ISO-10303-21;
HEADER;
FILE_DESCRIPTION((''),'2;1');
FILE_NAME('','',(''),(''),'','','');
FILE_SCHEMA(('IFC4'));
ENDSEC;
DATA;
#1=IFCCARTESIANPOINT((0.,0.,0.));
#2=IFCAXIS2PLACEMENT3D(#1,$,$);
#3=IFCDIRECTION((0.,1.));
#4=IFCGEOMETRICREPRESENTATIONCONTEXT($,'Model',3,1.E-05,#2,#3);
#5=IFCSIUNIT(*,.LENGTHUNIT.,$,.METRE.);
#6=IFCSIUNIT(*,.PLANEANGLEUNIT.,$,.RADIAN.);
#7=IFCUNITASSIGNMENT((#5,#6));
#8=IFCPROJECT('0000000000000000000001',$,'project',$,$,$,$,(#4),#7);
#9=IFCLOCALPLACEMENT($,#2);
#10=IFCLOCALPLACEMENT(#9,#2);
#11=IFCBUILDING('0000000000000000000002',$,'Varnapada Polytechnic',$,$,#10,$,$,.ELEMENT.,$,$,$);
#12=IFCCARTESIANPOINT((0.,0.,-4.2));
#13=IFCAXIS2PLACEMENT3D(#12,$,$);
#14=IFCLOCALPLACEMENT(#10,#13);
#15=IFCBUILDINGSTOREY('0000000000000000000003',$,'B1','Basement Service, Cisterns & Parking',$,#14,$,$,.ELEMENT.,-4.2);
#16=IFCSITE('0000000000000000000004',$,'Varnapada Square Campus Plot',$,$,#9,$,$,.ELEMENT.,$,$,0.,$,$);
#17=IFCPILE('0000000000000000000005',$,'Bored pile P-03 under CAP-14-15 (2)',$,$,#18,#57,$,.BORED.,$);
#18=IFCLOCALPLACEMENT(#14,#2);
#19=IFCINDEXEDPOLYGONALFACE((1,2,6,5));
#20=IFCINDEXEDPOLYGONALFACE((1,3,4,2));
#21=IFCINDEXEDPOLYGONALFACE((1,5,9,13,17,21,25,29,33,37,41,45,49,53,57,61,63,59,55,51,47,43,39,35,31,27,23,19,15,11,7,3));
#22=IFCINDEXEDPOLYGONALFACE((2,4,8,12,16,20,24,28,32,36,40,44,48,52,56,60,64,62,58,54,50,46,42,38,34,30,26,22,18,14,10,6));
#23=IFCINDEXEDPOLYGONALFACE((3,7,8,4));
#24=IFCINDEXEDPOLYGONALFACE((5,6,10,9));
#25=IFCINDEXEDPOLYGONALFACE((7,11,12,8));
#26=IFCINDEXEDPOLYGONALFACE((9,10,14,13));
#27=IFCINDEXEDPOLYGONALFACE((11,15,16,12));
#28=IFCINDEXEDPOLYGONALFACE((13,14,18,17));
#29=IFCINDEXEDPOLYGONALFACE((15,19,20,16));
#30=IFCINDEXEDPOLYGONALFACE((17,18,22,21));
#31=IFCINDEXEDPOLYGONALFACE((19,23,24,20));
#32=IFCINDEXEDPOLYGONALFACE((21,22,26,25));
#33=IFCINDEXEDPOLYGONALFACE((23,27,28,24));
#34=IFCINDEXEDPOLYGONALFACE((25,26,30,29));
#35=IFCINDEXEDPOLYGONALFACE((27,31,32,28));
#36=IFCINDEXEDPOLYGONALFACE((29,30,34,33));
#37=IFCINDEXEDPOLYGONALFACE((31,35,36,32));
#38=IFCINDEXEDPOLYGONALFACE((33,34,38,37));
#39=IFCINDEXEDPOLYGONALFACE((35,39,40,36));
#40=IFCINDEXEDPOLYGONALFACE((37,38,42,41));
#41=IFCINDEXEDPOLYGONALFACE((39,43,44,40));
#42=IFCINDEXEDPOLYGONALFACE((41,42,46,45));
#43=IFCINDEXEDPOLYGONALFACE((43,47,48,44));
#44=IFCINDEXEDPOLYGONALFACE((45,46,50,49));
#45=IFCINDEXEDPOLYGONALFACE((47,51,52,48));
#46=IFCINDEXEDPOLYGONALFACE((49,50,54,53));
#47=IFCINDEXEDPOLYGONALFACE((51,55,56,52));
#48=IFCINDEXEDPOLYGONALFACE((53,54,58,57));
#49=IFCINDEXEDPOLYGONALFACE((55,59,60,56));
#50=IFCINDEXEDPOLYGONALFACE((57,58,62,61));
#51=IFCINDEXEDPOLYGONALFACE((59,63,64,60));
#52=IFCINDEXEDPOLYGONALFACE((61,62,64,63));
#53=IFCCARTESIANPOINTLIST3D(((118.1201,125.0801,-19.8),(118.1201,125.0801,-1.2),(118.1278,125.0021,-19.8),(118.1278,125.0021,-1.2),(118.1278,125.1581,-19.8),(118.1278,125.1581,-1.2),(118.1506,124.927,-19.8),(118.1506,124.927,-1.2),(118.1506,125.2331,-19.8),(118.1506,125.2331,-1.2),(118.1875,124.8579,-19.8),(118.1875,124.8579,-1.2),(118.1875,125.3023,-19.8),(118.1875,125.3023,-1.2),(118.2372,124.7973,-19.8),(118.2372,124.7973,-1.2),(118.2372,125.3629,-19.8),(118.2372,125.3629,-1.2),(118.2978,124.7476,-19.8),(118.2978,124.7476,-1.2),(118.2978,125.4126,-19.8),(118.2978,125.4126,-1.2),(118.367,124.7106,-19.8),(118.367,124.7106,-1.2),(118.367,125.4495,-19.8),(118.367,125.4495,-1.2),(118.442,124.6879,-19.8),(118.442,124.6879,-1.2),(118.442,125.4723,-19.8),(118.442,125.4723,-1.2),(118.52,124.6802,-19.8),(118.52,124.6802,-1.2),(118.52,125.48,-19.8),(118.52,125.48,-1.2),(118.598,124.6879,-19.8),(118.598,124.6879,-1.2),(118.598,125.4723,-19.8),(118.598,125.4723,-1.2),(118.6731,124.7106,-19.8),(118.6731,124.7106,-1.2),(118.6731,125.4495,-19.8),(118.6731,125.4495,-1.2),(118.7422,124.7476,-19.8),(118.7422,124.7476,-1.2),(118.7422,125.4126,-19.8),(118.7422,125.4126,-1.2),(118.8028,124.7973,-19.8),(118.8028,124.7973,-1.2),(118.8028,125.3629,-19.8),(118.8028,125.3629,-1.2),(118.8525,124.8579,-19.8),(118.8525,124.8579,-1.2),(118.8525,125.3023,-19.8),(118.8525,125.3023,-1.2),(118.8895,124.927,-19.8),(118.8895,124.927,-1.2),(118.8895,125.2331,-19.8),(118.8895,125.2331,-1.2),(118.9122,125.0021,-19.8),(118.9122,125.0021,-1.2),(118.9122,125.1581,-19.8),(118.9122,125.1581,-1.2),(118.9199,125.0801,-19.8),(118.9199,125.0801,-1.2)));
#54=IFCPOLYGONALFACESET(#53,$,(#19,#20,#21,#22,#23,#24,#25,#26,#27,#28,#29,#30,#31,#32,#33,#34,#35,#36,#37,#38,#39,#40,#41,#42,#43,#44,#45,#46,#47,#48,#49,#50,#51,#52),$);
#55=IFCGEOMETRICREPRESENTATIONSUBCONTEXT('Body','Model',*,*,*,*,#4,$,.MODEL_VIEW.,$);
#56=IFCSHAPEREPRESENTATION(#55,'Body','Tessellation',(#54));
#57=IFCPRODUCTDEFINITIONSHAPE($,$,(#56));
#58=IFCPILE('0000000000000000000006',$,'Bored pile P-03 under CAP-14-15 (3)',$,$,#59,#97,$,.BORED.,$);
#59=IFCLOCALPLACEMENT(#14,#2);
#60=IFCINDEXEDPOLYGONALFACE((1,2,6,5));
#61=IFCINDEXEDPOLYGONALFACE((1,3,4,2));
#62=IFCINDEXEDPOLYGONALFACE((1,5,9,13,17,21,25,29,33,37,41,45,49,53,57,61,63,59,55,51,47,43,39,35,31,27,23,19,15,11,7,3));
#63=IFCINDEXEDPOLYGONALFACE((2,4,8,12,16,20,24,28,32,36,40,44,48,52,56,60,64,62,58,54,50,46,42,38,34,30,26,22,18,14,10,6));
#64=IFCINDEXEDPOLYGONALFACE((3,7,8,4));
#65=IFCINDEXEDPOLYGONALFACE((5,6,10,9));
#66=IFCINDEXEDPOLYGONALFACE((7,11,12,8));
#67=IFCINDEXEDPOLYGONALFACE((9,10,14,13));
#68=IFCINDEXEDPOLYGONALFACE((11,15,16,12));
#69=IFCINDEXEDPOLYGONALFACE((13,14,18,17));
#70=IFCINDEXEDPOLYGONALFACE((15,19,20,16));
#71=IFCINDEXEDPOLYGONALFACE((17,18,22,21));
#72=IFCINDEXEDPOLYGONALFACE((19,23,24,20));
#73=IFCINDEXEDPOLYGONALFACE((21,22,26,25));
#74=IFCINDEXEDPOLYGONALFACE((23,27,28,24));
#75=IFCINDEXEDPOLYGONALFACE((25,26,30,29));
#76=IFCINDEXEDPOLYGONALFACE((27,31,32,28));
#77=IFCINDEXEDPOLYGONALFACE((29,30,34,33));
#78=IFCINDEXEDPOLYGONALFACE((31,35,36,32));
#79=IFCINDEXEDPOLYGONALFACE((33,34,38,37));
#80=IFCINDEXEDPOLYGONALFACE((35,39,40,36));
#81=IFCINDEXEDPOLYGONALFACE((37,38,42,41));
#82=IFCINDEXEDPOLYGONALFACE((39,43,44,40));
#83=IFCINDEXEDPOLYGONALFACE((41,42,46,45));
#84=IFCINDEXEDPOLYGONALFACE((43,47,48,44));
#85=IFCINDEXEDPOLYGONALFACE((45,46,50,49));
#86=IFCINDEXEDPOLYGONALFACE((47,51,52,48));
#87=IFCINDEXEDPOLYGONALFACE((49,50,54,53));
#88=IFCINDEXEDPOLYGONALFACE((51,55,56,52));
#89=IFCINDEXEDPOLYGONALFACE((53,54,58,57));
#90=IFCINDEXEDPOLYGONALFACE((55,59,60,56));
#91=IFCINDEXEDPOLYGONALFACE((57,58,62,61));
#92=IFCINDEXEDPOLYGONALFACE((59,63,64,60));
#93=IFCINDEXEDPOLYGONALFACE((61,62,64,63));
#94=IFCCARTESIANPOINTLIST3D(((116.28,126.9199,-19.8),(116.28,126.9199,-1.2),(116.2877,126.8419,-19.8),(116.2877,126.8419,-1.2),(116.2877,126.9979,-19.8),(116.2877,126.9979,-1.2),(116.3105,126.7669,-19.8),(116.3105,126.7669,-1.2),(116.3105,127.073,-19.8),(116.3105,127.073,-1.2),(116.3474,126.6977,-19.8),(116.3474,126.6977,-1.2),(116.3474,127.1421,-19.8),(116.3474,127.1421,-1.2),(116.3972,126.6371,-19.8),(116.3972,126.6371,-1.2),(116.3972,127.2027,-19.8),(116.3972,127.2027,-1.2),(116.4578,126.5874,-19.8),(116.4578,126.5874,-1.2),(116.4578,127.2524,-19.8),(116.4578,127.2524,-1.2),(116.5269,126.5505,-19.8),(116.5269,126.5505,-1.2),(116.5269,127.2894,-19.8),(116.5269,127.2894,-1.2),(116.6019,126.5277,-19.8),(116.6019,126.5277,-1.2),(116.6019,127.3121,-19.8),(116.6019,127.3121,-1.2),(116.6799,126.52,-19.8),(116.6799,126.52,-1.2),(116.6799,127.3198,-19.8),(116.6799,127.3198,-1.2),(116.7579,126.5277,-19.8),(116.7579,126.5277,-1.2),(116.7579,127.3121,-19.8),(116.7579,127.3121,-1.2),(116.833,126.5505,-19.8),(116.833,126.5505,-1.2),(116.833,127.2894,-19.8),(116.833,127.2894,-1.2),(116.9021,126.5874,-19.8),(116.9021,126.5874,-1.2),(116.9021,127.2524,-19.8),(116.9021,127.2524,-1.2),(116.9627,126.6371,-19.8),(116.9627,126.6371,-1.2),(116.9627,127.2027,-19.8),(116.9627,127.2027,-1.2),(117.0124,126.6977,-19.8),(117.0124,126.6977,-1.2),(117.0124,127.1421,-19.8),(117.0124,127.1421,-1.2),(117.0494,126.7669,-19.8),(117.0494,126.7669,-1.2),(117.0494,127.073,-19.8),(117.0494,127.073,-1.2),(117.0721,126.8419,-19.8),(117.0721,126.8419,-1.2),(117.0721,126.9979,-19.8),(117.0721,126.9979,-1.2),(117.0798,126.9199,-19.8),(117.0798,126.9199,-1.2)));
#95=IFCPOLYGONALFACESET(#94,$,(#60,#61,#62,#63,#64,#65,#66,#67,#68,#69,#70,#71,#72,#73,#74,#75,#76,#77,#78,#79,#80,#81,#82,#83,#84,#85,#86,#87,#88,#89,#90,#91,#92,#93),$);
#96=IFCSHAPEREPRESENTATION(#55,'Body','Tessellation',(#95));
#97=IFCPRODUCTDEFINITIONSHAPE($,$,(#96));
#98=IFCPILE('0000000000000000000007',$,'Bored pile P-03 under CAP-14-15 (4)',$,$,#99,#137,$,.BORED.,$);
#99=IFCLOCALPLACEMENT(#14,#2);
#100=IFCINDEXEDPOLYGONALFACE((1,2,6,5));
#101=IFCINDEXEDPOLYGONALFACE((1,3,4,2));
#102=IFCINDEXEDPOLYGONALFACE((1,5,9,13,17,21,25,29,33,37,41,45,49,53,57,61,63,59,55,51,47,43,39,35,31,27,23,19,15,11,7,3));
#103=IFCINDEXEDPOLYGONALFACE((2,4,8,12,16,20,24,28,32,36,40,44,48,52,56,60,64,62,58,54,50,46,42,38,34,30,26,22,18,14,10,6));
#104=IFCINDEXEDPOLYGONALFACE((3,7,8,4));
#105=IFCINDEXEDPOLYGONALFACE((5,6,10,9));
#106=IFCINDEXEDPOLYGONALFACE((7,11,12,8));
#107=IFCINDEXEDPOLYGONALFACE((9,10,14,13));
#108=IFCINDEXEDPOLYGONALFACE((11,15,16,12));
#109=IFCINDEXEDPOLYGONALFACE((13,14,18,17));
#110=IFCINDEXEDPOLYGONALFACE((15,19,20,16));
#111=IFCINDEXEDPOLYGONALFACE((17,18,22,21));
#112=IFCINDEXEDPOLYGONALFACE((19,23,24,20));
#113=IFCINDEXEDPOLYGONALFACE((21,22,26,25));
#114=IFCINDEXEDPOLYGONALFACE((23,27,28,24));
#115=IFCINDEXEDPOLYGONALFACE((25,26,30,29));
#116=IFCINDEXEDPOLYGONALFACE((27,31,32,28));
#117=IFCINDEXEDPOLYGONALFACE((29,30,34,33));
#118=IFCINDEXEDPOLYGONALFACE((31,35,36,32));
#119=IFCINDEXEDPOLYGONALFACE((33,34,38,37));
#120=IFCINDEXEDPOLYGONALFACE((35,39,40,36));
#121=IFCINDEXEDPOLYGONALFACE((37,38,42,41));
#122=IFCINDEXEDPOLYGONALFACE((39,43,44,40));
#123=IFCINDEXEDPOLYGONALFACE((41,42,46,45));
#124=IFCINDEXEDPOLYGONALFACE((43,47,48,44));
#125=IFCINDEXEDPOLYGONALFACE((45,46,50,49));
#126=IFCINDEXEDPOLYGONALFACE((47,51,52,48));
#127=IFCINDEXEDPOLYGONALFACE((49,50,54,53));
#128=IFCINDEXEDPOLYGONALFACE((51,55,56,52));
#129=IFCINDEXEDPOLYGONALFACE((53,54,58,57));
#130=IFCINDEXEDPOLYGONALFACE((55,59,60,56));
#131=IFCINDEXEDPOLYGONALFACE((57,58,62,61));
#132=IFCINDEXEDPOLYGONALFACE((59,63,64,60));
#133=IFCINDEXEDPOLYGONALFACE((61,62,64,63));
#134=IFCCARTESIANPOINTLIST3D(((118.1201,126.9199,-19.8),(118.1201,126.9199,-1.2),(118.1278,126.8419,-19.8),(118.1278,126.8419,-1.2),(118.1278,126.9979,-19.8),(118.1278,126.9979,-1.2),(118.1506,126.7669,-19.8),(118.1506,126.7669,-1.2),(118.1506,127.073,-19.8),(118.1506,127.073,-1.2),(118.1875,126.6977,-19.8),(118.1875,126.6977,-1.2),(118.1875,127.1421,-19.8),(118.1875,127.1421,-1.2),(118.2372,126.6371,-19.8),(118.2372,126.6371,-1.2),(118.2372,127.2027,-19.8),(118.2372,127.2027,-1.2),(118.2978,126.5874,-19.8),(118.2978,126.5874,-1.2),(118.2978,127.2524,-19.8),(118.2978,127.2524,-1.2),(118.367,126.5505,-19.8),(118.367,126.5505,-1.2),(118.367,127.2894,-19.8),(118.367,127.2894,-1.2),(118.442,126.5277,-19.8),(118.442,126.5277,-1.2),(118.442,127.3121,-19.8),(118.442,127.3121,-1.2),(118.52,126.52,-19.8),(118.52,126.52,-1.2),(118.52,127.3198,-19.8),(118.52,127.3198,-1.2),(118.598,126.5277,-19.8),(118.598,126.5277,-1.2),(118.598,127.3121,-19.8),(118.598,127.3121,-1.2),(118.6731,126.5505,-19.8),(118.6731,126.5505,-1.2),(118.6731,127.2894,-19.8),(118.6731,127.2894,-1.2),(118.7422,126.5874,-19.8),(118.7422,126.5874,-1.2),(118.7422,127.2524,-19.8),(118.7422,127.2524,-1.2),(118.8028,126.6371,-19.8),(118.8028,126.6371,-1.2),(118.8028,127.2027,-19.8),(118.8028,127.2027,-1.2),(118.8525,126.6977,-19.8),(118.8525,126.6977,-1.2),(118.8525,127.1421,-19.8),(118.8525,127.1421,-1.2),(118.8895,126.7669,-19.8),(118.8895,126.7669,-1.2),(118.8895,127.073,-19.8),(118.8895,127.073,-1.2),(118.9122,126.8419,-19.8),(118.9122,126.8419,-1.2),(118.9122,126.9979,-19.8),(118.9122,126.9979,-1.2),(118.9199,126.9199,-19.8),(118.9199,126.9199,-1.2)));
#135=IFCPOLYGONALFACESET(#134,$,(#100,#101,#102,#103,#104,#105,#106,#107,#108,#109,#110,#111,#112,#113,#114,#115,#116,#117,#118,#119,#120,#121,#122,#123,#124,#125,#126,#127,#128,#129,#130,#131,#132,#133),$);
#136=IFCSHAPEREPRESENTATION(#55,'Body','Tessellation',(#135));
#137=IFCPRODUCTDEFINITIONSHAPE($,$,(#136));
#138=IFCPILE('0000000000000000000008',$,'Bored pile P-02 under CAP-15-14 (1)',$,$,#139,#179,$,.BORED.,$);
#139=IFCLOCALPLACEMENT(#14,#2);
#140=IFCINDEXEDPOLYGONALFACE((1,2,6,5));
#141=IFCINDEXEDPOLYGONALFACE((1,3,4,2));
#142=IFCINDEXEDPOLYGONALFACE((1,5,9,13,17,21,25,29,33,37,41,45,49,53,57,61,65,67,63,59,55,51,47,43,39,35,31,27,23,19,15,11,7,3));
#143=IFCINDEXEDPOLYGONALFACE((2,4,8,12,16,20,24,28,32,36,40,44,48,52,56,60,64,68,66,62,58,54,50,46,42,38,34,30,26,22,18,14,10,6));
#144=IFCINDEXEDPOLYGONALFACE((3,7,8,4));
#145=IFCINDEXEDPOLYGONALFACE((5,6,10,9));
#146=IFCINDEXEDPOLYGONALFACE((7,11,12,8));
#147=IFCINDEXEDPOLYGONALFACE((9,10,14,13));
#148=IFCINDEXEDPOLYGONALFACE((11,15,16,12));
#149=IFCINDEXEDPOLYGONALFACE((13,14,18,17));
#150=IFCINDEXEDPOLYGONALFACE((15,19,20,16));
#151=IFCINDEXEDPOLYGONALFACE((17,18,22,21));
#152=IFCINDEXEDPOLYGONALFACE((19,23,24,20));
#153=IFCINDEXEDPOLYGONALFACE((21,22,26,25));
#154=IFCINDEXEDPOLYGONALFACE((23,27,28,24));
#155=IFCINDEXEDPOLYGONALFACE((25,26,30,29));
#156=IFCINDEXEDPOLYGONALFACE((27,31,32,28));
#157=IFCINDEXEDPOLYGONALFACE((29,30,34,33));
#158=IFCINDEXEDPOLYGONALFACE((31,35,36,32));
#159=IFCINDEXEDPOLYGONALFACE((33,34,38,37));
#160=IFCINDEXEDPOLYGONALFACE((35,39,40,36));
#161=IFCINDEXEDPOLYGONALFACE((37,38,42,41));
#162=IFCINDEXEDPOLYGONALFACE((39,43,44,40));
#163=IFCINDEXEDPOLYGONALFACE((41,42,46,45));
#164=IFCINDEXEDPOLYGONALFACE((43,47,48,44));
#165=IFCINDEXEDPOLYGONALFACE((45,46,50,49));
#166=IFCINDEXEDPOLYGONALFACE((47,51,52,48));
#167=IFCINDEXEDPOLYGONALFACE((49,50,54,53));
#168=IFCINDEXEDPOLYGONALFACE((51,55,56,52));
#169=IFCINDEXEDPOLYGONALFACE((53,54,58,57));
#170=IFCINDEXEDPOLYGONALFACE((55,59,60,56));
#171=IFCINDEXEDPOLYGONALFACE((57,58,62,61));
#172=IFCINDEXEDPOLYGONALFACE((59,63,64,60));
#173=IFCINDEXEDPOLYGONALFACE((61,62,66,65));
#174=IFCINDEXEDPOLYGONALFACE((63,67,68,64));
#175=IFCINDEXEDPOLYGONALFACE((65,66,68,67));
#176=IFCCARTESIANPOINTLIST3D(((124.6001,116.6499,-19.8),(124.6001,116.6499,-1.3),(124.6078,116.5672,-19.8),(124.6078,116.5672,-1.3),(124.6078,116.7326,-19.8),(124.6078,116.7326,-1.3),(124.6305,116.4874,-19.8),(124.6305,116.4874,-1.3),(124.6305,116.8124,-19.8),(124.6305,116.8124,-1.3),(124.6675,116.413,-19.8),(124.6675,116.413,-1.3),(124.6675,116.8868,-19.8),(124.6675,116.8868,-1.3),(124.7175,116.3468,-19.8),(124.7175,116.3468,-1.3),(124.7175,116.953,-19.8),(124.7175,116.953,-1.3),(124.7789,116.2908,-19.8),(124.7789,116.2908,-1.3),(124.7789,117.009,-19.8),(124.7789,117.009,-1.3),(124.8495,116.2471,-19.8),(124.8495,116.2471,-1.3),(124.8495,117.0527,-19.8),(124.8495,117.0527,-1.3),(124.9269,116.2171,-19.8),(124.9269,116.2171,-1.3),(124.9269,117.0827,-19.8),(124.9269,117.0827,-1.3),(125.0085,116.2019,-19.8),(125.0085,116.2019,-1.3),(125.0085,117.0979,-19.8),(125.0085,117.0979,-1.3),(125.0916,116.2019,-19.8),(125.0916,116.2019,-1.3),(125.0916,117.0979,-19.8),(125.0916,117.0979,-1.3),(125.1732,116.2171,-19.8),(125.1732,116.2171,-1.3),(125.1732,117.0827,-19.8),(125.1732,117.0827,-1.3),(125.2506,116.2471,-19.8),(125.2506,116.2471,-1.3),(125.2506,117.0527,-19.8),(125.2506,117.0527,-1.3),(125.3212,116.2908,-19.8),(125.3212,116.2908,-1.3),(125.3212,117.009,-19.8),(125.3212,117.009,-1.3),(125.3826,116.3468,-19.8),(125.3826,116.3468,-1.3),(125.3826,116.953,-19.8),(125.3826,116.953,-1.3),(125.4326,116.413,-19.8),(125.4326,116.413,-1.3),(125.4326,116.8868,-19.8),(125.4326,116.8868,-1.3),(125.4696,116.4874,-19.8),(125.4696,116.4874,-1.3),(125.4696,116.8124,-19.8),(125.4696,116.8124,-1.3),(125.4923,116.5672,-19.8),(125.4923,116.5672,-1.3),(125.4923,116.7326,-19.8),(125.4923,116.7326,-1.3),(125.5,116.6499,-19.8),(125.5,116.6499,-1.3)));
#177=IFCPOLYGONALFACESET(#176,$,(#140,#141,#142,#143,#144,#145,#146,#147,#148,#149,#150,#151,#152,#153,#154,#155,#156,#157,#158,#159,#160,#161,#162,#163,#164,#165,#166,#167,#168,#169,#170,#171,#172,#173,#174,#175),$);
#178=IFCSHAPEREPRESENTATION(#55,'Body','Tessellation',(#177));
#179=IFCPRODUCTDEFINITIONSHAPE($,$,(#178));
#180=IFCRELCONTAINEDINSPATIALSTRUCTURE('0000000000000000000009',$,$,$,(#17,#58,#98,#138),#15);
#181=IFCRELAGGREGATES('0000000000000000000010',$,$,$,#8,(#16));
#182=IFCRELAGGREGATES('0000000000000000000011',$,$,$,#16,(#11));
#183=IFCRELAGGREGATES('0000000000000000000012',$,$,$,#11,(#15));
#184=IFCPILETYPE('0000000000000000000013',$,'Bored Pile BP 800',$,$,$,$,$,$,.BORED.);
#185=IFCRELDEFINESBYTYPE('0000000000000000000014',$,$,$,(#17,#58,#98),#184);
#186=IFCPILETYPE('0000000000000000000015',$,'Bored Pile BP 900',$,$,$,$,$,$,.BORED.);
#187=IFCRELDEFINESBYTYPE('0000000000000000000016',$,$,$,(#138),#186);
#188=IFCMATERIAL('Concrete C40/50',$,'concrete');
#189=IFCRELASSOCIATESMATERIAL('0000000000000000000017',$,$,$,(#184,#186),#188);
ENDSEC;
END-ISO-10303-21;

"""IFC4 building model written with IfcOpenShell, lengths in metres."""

from ifc_helpers import new_model, si_unit, direction, frame, origin, origin_2d, place, context, subcontext, project, spatial, circle, extrude, material, material_profile, profile_set, type_object, element, save


model = new_model("IFC4")

# Units and contexts
model_context = context("Model", 3, precision=1e-05, world=origin(), true_north=direction((0.0, 1.0)))
body_context = subcontext(model_context, "Body", "Model", "MODEL_VIEW")
ifc_project = project(units=[si_unit("LENGTHUNIT", "METRE"), si_unit("PLANEANGLEUNIT", "RADIAN")], contexts=[model_context])

# Site, building, storey
site_placement = place(None, origin())
site = spatial("IfcSite", under=ifc_project, at=site_placement, Name="Varnapada Square Campus Plot", CompositionType="ELEMENT", RefElevation=0.0)
building_placement = place(site_placement, origin())
building = spatial("IfcBuilding", under=site, at=building_placement, Name="Varnapada Polytechnic", CompositionType="ELEMENT")
storey_placement = place(building_placement, frame((0.0, 0.0, -4.2)))
storey = spatial("IfcBuildingStorey", under=building, at=storey_placement, Name="B1", Description="Basement Service, Cisterns & Parking", CompositionType="ELEMENT", Elevation=-4.2)

# Piles
ifc_material_1 = material(Name="Concrete C40/50", Category="concrete")
ifc_material_profile_1 = material_profile(ifc_material_1, circle(Radius=0.3999, at=origin_2d()), Name="BP 800")
ifc_profile_set_1 = profile_set([ifc_material_profile_1], Name="Concrete C40/50")
pile_type_1 = type_object("IfcPileType", Name="Bored Pile BP 800", PredefinedType="BORED", material=ifc_profile_set_1)
for number, where, z_axis, x_axis, name in (
    (1, (118.52, 125.0801, -1.2), (0.0, 0.0, -1.0), (1.0, 0.0, 0.0), "Bored pile P-03 under CAP-14-15 (2)"),
    (2, (116.6799, 126.9199, -1.2), (0.0, 0.0, -1.0), (1.0, 0.0, 0.0), "Bored pile P-03 under CAP-14-15 (3)"),
    (3, (118.52, 126.9199, -1.2), (0.0, 0.0, -1.0), (1.0, 0.0, 0.0), "Bored pile P-03 under CAP-14-15 (4)"),
):
    element("IfcPile", number, at=place(storey_placement, frame(where, z_axis=z_axis, x_axis=x_axis)), inside=storey, type_object=pile_type_1, Name=name, PredefinedType="BORED", context=body_context, shape_type="SweptSolid", body=[
        extrude(circle(Radius=0.3999, at=origin_2d()), origin(), (0.0, 0.0, 1.0), 18.6001),
    ])
ifc_material_profile_2 = material_profile(ifc_material_1, circle(Radius=0.45, at=origin_2d()), Name="BP 900")
ifc_profile_set_2 = profile_set([ifc_material_profile_2], Name="Concrete C40/50")
pile_type_2 = type_object("IfcPileType", Name="Bored Pile BP 900", PredefinedType="BORED", material=ifc_profile_set_2)
for number, where, z_axis, x_axis, name in (
    (4, (125.05, 116.6499, -1.3), (0.0, 0.0, -1.0), (1.0, 0.0, 0.0), "Bored pile P-02 under CAP-15-14 (1)"),
):
    element("IfcPile", number, at=place(storey_placement, frame(where, z_axis=z_axis, x_axis=x_axis)), inside=storey, type_object=pile_type_2, Name=name, PredefinedType="BORED", context=body_context, shape_type="SweptSolid", body=[
        extrude(circle(Radius=0.45, at=origin_2d()), origin(), (0.0, 0.0, 1.0), 18.5),
    ])

save(model, "model.ifc")
